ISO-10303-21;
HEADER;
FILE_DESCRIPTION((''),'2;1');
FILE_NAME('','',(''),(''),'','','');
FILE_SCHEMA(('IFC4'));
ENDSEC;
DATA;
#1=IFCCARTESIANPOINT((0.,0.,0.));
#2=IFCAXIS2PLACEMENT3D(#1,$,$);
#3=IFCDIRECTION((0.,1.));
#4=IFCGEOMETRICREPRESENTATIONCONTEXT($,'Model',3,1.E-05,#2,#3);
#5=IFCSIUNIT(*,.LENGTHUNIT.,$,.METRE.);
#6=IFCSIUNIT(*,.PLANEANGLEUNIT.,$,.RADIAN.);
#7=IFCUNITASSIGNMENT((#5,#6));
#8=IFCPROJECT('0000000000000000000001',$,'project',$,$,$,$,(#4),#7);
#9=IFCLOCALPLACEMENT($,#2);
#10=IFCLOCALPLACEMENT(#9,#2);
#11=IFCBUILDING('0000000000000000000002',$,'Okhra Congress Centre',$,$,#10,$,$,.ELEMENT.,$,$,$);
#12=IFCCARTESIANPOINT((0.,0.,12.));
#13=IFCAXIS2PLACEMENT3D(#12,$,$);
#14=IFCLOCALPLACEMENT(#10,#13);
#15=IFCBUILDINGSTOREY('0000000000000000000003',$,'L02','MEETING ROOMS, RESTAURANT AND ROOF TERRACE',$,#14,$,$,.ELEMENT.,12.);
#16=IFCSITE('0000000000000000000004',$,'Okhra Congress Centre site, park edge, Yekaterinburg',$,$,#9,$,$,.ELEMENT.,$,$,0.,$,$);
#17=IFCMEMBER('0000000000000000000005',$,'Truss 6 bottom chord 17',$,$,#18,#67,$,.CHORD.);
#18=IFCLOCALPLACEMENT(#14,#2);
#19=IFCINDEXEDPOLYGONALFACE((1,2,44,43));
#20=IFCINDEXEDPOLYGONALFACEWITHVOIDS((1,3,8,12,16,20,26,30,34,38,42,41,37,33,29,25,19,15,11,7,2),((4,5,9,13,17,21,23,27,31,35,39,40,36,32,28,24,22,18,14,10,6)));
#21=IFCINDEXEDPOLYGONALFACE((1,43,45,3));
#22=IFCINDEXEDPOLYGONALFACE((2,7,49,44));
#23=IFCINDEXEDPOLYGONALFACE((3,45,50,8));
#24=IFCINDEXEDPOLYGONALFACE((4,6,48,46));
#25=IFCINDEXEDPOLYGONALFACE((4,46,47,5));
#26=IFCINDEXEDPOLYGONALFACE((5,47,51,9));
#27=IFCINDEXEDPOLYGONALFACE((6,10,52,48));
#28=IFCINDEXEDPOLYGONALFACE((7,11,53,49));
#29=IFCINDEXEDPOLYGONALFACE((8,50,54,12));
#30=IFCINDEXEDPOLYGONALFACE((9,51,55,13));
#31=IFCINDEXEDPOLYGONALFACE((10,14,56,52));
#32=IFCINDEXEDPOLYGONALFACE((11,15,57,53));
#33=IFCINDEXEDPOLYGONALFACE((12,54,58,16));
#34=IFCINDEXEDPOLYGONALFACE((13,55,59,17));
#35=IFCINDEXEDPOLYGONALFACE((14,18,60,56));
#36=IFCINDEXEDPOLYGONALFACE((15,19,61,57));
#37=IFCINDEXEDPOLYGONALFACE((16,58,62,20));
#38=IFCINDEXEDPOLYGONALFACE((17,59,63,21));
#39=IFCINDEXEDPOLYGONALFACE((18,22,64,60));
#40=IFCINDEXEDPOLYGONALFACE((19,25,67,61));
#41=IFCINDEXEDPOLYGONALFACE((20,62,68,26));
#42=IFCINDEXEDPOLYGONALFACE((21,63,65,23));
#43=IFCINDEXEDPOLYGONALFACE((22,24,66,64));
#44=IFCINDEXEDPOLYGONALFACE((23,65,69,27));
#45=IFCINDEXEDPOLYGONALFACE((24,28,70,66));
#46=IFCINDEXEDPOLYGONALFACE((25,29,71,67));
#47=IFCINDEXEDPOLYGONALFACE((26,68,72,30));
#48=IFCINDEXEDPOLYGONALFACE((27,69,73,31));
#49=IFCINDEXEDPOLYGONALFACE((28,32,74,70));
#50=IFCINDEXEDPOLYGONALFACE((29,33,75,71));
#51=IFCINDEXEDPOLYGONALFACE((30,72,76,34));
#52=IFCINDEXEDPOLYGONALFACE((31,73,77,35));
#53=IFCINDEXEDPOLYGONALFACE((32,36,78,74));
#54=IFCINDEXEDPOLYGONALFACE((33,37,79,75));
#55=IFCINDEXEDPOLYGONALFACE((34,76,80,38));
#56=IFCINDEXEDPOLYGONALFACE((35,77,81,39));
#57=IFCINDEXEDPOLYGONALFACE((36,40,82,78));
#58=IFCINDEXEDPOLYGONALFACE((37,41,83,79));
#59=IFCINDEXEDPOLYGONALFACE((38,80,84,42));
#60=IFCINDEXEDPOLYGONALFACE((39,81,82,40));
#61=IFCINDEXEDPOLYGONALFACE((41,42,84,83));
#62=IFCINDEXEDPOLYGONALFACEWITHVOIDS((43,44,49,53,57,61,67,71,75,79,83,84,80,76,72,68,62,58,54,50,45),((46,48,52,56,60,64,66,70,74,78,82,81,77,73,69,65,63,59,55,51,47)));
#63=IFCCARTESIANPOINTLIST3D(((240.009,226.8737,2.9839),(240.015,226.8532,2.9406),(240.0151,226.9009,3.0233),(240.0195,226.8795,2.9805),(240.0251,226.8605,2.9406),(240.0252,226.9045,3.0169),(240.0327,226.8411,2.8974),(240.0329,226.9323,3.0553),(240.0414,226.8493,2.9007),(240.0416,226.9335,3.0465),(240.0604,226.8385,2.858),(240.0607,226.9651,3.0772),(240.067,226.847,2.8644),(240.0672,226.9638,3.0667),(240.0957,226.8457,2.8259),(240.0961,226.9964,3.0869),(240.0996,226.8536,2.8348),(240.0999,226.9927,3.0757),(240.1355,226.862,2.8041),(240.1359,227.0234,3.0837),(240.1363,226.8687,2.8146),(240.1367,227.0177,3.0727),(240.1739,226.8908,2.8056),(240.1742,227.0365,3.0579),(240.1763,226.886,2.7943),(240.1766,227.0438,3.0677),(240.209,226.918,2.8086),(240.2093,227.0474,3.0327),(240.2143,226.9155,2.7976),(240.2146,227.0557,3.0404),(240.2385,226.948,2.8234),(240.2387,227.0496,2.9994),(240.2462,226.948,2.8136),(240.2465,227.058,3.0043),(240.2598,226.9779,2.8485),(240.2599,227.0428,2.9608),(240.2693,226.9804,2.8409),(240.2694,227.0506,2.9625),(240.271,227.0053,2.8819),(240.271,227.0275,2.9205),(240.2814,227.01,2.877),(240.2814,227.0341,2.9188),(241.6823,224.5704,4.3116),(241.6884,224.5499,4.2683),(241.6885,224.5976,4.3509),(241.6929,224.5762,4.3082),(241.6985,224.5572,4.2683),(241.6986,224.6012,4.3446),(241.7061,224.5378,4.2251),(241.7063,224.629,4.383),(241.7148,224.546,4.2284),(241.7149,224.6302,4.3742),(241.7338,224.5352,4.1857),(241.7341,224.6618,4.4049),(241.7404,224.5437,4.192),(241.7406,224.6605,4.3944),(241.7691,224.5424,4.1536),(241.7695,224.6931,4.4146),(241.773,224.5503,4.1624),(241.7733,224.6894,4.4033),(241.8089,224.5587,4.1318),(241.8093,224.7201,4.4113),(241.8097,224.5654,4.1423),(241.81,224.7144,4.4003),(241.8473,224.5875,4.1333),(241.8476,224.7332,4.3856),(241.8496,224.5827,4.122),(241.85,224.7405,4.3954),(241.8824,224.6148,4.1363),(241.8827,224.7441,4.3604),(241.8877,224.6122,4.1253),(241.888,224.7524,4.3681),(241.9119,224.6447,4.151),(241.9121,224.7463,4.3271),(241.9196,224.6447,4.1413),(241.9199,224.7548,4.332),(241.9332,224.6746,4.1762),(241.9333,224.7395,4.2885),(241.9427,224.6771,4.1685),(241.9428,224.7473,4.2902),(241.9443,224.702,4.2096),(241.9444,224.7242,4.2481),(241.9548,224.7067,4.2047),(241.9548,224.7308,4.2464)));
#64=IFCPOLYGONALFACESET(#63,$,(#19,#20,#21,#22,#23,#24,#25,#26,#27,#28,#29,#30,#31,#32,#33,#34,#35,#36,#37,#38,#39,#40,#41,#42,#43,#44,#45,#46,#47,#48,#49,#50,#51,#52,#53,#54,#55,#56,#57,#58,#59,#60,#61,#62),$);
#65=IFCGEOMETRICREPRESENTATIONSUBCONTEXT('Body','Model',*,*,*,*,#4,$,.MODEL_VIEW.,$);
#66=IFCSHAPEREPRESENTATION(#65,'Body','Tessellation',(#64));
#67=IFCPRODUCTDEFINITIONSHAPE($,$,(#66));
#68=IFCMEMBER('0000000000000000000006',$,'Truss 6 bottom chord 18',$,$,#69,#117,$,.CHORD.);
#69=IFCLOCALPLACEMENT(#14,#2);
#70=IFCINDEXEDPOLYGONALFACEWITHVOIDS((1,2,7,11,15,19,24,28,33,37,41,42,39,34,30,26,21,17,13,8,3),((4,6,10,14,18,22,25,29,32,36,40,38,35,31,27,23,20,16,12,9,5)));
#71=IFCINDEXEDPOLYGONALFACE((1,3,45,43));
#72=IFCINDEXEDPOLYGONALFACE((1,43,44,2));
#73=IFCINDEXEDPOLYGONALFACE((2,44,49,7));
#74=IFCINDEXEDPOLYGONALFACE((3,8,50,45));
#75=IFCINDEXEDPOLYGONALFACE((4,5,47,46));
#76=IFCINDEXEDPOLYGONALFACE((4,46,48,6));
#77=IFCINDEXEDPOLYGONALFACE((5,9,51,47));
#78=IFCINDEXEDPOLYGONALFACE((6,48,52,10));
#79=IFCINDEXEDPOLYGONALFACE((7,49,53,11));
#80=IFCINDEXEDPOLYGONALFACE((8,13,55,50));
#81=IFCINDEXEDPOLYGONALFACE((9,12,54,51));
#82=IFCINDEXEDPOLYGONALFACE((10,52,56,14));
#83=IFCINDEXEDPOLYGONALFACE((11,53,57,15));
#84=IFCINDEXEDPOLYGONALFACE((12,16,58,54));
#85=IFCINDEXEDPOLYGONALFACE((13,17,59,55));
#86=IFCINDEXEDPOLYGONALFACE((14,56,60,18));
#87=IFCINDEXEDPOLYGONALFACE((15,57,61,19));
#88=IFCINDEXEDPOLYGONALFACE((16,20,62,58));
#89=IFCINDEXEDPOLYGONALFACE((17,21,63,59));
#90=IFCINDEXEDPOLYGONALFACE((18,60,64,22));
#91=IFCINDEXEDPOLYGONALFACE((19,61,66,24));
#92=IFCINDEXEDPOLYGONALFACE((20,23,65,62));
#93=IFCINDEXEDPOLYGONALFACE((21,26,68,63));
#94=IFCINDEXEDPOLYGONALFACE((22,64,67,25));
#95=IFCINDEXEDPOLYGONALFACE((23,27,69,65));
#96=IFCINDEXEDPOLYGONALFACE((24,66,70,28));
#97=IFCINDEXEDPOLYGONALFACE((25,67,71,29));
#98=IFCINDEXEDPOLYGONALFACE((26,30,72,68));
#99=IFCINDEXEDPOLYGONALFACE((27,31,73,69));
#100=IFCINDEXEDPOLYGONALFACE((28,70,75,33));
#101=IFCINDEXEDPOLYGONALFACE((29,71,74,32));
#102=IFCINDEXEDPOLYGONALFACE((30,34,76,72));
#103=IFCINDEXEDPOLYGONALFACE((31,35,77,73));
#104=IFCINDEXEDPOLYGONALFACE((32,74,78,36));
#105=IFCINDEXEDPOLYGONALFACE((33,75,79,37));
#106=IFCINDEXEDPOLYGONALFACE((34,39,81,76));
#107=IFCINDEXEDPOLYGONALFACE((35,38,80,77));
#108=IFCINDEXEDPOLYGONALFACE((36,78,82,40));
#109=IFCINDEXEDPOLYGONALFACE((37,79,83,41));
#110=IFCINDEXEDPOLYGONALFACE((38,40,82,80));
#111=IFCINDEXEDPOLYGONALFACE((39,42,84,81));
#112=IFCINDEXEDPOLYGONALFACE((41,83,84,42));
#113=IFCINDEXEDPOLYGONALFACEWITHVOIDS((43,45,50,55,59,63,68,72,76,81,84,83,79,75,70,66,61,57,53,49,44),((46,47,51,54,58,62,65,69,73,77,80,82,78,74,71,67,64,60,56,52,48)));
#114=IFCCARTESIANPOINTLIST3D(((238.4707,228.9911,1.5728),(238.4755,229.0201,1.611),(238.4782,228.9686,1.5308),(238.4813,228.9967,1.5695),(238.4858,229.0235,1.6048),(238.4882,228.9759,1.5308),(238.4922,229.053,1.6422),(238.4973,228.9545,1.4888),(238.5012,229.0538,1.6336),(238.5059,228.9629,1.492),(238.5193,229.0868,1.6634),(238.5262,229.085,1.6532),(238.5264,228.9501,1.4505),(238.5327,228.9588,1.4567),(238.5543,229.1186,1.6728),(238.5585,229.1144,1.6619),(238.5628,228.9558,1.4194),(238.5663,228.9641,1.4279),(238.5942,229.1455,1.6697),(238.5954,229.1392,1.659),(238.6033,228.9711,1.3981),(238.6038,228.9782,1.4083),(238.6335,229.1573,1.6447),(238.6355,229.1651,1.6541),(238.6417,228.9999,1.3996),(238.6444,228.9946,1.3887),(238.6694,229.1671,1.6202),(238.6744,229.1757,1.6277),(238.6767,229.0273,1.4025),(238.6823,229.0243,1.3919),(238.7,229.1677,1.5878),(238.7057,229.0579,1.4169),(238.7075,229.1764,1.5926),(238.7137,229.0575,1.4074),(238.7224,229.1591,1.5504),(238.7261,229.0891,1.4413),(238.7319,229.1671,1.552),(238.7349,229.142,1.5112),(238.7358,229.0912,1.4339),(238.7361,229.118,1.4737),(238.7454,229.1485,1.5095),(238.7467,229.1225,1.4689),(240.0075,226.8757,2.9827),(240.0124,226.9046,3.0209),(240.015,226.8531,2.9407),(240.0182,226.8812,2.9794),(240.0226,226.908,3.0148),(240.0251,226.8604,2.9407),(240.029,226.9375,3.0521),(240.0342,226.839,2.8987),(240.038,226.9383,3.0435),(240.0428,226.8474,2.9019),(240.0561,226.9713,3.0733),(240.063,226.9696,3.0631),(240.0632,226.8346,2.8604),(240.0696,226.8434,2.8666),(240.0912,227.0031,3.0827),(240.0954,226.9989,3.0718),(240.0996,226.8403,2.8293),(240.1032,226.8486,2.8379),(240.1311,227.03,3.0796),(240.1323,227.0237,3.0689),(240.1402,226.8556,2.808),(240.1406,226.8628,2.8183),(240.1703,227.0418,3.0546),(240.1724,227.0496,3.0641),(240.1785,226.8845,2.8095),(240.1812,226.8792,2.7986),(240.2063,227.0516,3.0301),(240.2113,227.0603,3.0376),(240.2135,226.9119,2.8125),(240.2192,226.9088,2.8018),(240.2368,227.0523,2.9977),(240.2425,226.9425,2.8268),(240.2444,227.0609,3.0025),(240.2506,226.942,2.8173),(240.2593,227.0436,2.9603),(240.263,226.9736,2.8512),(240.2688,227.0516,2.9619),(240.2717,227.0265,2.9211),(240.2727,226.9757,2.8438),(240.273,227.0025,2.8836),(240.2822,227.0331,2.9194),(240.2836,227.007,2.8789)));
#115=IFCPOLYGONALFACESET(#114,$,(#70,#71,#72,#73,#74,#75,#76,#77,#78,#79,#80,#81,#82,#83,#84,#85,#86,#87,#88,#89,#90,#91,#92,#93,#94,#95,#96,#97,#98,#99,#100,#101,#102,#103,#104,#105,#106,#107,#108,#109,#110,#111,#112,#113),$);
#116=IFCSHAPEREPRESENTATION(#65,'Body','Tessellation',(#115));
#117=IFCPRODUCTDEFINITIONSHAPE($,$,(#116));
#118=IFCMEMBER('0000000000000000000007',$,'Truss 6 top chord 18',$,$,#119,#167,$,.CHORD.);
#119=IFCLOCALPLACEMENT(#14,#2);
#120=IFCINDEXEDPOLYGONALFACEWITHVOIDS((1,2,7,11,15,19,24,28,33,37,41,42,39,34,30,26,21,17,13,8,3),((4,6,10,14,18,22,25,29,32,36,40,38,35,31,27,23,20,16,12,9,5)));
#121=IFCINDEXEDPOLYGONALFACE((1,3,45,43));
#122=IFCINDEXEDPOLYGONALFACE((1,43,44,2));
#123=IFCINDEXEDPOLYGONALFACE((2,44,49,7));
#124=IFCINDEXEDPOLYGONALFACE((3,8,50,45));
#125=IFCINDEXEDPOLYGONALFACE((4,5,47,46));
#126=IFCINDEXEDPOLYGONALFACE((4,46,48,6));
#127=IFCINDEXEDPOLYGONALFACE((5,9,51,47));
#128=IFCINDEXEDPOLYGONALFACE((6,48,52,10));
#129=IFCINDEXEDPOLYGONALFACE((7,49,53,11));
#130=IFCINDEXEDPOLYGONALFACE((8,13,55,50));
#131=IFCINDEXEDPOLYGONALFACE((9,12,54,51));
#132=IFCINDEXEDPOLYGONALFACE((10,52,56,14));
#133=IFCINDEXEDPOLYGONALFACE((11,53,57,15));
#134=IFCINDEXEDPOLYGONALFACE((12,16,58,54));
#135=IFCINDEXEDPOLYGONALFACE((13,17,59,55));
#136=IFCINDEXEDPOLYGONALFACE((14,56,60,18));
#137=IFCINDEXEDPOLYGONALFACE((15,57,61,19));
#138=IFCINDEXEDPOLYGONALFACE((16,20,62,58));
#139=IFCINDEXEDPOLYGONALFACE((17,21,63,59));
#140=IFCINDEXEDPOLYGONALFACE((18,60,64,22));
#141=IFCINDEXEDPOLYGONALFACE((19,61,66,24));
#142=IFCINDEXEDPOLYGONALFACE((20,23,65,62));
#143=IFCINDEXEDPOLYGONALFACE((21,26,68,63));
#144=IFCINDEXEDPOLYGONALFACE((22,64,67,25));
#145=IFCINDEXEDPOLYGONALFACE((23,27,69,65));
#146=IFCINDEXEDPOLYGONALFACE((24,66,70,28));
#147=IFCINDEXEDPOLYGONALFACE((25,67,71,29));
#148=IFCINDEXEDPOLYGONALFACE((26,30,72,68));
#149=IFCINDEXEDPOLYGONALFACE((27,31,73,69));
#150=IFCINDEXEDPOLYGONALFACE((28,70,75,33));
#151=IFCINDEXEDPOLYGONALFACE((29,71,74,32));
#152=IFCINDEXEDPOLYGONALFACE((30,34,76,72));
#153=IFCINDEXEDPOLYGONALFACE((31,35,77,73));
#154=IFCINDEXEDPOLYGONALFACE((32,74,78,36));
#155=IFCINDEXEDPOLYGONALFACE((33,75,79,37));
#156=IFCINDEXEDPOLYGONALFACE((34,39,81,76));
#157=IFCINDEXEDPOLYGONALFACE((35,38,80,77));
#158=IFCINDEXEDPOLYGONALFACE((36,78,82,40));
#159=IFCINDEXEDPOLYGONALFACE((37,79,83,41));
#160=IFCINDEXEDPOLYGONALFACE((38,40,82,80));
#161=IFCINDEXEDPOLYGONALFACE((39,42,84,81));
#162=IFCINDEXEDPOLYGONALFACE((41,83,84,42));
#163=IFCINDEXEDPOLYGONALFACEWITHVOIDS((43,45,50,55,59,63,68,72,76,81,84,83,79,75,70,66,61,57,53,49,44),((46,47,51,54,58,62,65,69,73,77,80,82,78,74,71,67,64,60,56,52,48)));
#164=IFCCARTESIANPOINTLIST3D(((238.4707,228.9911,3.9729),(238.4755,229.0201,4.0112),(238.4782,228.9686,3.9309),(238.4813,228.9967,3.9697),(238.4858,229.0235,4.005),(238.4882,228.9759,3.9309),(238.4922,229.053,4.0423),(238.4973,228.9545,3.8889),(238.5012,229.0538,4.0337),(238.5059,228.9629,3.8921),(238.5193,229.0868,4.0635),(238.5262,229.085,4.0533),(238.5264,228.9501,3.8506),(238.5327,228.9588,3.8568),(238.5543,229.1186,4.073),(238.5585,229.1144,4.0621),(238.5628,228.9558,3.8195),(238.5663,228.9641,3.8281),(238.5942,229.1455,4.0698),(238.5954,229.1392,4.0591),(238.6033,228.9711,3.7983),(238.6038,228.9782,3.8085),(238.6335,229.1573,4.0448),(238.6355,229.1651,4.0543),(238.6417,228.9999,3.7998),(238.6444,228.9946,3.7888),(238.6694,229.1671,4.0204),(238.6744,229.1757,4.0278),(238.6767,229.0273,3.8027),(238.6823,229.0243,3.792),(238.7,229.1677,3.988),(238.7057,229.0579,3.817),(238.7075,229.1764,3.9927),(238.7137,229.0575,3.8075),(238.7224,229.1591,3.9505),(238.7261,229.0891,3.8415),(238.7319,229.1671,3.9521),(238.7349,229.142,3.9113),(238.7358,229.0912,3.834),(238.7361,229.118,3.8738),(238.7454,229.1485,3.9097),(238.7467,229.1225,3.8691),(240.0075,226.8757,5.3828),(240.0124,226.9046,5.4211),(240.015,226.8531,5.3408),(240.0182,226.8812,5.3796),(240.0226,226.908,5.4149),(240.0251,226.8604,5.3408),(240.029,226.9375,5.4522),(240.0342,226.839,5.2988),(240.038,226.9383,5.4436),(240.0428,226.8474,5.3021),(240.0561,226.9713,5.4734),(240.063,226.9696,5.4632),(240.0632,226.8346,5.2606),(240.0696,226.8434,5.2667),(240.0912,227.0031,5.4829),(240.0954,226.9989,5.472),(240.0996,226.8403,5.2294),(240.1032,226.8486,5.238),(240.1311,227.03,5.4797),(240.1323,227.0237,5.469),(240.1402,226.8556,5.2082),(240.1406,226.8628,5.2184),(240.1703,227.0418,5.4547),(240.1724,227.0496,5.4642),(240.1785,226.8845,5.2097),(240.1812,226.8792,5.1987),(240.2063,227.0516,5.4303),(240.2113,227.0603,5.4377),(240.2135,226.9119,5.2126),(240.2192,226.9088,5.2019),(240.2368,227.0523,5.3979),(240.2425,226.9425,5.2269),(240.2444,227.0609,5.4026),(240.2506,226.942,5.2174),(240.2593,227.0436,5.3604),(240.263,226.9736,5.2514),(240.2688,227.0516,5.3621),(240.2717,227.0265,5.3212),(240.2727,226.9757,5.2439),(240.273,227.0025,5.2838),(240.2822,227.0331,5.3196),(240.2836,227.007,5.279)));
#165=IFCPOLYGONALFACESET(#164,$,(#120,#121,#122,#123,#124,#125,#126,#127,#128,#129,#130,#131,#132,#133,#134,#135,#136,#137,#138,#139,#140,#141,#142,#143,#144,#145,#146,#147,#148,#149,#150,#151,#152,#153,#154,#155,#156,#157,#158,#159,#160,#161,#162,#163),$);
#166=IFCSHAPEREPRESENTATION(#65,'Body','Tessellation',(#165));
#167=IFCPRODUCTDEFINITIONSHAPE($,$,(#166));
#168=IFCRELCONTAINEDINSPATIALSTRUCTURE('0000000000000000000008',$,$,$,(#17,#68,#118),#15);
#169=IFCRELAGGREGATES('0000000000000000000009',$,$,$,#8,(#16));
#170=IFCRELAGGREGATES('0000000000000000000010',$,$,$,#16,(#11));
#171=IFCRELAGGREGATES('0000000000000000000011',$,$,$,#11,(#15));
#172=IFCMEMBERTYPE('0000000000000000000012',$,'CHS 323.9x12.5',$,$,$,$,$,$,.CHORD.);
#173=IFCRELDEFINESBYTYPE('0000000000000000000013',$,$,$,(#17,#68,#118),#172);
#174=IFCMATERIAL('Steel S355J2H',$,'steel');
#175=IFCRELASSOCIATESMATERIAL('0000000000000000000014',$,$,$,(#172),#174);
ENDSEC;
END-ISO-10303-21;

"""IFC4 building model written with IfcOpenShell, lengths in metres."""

from ifc_helpers import new_model, si_unit, direction, frame, origin, origin_2d, place, context, subcontext, project, spatial, hollow_circle, extrude, material, material_profile, profile_set, type_object, element, save


model = new_model("IFC4")

# Units and contexts
model_context = context("Model", 3, precision=1e-05, world=origin(), true_north=direction((0.0, 1.0)))
body_context = subcontext(model_context, "Body", "Model", "MODEL_VIEW")
ifc_project = project(units=[si_unit("LENGTHUNIT", "METRE"), si_unit("PLANEANGLEUNIT", "RADIAN")], contexts=[model_context])

# Site, building, storey
site_placement = place(None, origin())
site = spatial("IfcSite", under=ifc_project, at=site_placement, Name="Okhra Congress Centre site, park edge, Yekaterinburg", CompositionType="ELEMENT", RefElevation=0.0)
building_placement = place(site_placement, origin())
building = spatial("IfcBuilding", under=site, at=building_placement, Name="Okhra Congress Centre", CompositionType="ELEMENT")
storey_placement = place(building_placement, frame((0.0, 0.0, 12.0)))
storey = spatial("IfcBuildingStorey", under=building, at=storey_placement, Name="L02", Description="MEETING ROOMS, RESTAURANT AND ROOF TERRACE", CompositionType="ELEMENT", Elevation=12.0)

# Shared definitions
ifc_material_1 = material(Name="Steel S355J2H", Category="steel")

# Members
ifc_material_profile_1 = material_profile(ifc_material_1, hollow_circle(Radius=0.1619, WallThickness=0.0125, at=origin_2d()), Name="CHS 323.9x12.5")
ifc_profile_set_1 = profile_set([ifc_material_profile_1], Name="Steel S355J2H")
member_type_1 = type_object("IfcMemberType", Name="CHS 323.9x12.5", PredefinedType="CHORD", material=ifc_profile_set_1)
member_1_placement = place(storey_placement, frame((241.8193, 224.645, 4.2683), z_axis=(-0.532697, 0.733216, -0.422645), x_axis=(-0.809025, -0.587774, 0.0)))
element("IfcMember", 1, at=member_1_placement, inside=storey, type_object=member_type_1, Name="Truss 6 bottom chord 17", PredefinedType="CHORD", context=body_context, shape_type="SweptSolid", body=[
    extrude(hollow_circle(Radius=0.1619, WallThickness=0.0125, at=origin_2d()), origin(), (0.0, 0.0, 1.0), 3.1414),
])
for number, where, z_axis, x_axis, name in (
    (2, (240.146, 226.9482, 2.9407), (-0.517341, 0.712115, -0.474606), (-0.809039, -0.587755, 0.0), "Truss 6 bottom chord 18"),
    (3, (240.146, 226.9482, 5.3408), (-0.517341, 0.712115, -0.474606), (-0.809039, -0.587755, 0.0), "Truss 6 top chord 18"),
):
    element("IfcMember", number, at=place(storey_placement, frame(where, z_axis=z_axis, x_axis=x_axis)), inside=storey, type_object=member_type_1, Name=name, PredefinedType="CHORD", context=body_context, shape_type="SweptSolid", body=[
        extrude(hollow_circle(Radius=0.1619, WallThickness=0.0125, at=origin_2d()), origin(), (0.0, 0.0, 1.0), 2.9707),
    ])

save(model, "model.ifc")
